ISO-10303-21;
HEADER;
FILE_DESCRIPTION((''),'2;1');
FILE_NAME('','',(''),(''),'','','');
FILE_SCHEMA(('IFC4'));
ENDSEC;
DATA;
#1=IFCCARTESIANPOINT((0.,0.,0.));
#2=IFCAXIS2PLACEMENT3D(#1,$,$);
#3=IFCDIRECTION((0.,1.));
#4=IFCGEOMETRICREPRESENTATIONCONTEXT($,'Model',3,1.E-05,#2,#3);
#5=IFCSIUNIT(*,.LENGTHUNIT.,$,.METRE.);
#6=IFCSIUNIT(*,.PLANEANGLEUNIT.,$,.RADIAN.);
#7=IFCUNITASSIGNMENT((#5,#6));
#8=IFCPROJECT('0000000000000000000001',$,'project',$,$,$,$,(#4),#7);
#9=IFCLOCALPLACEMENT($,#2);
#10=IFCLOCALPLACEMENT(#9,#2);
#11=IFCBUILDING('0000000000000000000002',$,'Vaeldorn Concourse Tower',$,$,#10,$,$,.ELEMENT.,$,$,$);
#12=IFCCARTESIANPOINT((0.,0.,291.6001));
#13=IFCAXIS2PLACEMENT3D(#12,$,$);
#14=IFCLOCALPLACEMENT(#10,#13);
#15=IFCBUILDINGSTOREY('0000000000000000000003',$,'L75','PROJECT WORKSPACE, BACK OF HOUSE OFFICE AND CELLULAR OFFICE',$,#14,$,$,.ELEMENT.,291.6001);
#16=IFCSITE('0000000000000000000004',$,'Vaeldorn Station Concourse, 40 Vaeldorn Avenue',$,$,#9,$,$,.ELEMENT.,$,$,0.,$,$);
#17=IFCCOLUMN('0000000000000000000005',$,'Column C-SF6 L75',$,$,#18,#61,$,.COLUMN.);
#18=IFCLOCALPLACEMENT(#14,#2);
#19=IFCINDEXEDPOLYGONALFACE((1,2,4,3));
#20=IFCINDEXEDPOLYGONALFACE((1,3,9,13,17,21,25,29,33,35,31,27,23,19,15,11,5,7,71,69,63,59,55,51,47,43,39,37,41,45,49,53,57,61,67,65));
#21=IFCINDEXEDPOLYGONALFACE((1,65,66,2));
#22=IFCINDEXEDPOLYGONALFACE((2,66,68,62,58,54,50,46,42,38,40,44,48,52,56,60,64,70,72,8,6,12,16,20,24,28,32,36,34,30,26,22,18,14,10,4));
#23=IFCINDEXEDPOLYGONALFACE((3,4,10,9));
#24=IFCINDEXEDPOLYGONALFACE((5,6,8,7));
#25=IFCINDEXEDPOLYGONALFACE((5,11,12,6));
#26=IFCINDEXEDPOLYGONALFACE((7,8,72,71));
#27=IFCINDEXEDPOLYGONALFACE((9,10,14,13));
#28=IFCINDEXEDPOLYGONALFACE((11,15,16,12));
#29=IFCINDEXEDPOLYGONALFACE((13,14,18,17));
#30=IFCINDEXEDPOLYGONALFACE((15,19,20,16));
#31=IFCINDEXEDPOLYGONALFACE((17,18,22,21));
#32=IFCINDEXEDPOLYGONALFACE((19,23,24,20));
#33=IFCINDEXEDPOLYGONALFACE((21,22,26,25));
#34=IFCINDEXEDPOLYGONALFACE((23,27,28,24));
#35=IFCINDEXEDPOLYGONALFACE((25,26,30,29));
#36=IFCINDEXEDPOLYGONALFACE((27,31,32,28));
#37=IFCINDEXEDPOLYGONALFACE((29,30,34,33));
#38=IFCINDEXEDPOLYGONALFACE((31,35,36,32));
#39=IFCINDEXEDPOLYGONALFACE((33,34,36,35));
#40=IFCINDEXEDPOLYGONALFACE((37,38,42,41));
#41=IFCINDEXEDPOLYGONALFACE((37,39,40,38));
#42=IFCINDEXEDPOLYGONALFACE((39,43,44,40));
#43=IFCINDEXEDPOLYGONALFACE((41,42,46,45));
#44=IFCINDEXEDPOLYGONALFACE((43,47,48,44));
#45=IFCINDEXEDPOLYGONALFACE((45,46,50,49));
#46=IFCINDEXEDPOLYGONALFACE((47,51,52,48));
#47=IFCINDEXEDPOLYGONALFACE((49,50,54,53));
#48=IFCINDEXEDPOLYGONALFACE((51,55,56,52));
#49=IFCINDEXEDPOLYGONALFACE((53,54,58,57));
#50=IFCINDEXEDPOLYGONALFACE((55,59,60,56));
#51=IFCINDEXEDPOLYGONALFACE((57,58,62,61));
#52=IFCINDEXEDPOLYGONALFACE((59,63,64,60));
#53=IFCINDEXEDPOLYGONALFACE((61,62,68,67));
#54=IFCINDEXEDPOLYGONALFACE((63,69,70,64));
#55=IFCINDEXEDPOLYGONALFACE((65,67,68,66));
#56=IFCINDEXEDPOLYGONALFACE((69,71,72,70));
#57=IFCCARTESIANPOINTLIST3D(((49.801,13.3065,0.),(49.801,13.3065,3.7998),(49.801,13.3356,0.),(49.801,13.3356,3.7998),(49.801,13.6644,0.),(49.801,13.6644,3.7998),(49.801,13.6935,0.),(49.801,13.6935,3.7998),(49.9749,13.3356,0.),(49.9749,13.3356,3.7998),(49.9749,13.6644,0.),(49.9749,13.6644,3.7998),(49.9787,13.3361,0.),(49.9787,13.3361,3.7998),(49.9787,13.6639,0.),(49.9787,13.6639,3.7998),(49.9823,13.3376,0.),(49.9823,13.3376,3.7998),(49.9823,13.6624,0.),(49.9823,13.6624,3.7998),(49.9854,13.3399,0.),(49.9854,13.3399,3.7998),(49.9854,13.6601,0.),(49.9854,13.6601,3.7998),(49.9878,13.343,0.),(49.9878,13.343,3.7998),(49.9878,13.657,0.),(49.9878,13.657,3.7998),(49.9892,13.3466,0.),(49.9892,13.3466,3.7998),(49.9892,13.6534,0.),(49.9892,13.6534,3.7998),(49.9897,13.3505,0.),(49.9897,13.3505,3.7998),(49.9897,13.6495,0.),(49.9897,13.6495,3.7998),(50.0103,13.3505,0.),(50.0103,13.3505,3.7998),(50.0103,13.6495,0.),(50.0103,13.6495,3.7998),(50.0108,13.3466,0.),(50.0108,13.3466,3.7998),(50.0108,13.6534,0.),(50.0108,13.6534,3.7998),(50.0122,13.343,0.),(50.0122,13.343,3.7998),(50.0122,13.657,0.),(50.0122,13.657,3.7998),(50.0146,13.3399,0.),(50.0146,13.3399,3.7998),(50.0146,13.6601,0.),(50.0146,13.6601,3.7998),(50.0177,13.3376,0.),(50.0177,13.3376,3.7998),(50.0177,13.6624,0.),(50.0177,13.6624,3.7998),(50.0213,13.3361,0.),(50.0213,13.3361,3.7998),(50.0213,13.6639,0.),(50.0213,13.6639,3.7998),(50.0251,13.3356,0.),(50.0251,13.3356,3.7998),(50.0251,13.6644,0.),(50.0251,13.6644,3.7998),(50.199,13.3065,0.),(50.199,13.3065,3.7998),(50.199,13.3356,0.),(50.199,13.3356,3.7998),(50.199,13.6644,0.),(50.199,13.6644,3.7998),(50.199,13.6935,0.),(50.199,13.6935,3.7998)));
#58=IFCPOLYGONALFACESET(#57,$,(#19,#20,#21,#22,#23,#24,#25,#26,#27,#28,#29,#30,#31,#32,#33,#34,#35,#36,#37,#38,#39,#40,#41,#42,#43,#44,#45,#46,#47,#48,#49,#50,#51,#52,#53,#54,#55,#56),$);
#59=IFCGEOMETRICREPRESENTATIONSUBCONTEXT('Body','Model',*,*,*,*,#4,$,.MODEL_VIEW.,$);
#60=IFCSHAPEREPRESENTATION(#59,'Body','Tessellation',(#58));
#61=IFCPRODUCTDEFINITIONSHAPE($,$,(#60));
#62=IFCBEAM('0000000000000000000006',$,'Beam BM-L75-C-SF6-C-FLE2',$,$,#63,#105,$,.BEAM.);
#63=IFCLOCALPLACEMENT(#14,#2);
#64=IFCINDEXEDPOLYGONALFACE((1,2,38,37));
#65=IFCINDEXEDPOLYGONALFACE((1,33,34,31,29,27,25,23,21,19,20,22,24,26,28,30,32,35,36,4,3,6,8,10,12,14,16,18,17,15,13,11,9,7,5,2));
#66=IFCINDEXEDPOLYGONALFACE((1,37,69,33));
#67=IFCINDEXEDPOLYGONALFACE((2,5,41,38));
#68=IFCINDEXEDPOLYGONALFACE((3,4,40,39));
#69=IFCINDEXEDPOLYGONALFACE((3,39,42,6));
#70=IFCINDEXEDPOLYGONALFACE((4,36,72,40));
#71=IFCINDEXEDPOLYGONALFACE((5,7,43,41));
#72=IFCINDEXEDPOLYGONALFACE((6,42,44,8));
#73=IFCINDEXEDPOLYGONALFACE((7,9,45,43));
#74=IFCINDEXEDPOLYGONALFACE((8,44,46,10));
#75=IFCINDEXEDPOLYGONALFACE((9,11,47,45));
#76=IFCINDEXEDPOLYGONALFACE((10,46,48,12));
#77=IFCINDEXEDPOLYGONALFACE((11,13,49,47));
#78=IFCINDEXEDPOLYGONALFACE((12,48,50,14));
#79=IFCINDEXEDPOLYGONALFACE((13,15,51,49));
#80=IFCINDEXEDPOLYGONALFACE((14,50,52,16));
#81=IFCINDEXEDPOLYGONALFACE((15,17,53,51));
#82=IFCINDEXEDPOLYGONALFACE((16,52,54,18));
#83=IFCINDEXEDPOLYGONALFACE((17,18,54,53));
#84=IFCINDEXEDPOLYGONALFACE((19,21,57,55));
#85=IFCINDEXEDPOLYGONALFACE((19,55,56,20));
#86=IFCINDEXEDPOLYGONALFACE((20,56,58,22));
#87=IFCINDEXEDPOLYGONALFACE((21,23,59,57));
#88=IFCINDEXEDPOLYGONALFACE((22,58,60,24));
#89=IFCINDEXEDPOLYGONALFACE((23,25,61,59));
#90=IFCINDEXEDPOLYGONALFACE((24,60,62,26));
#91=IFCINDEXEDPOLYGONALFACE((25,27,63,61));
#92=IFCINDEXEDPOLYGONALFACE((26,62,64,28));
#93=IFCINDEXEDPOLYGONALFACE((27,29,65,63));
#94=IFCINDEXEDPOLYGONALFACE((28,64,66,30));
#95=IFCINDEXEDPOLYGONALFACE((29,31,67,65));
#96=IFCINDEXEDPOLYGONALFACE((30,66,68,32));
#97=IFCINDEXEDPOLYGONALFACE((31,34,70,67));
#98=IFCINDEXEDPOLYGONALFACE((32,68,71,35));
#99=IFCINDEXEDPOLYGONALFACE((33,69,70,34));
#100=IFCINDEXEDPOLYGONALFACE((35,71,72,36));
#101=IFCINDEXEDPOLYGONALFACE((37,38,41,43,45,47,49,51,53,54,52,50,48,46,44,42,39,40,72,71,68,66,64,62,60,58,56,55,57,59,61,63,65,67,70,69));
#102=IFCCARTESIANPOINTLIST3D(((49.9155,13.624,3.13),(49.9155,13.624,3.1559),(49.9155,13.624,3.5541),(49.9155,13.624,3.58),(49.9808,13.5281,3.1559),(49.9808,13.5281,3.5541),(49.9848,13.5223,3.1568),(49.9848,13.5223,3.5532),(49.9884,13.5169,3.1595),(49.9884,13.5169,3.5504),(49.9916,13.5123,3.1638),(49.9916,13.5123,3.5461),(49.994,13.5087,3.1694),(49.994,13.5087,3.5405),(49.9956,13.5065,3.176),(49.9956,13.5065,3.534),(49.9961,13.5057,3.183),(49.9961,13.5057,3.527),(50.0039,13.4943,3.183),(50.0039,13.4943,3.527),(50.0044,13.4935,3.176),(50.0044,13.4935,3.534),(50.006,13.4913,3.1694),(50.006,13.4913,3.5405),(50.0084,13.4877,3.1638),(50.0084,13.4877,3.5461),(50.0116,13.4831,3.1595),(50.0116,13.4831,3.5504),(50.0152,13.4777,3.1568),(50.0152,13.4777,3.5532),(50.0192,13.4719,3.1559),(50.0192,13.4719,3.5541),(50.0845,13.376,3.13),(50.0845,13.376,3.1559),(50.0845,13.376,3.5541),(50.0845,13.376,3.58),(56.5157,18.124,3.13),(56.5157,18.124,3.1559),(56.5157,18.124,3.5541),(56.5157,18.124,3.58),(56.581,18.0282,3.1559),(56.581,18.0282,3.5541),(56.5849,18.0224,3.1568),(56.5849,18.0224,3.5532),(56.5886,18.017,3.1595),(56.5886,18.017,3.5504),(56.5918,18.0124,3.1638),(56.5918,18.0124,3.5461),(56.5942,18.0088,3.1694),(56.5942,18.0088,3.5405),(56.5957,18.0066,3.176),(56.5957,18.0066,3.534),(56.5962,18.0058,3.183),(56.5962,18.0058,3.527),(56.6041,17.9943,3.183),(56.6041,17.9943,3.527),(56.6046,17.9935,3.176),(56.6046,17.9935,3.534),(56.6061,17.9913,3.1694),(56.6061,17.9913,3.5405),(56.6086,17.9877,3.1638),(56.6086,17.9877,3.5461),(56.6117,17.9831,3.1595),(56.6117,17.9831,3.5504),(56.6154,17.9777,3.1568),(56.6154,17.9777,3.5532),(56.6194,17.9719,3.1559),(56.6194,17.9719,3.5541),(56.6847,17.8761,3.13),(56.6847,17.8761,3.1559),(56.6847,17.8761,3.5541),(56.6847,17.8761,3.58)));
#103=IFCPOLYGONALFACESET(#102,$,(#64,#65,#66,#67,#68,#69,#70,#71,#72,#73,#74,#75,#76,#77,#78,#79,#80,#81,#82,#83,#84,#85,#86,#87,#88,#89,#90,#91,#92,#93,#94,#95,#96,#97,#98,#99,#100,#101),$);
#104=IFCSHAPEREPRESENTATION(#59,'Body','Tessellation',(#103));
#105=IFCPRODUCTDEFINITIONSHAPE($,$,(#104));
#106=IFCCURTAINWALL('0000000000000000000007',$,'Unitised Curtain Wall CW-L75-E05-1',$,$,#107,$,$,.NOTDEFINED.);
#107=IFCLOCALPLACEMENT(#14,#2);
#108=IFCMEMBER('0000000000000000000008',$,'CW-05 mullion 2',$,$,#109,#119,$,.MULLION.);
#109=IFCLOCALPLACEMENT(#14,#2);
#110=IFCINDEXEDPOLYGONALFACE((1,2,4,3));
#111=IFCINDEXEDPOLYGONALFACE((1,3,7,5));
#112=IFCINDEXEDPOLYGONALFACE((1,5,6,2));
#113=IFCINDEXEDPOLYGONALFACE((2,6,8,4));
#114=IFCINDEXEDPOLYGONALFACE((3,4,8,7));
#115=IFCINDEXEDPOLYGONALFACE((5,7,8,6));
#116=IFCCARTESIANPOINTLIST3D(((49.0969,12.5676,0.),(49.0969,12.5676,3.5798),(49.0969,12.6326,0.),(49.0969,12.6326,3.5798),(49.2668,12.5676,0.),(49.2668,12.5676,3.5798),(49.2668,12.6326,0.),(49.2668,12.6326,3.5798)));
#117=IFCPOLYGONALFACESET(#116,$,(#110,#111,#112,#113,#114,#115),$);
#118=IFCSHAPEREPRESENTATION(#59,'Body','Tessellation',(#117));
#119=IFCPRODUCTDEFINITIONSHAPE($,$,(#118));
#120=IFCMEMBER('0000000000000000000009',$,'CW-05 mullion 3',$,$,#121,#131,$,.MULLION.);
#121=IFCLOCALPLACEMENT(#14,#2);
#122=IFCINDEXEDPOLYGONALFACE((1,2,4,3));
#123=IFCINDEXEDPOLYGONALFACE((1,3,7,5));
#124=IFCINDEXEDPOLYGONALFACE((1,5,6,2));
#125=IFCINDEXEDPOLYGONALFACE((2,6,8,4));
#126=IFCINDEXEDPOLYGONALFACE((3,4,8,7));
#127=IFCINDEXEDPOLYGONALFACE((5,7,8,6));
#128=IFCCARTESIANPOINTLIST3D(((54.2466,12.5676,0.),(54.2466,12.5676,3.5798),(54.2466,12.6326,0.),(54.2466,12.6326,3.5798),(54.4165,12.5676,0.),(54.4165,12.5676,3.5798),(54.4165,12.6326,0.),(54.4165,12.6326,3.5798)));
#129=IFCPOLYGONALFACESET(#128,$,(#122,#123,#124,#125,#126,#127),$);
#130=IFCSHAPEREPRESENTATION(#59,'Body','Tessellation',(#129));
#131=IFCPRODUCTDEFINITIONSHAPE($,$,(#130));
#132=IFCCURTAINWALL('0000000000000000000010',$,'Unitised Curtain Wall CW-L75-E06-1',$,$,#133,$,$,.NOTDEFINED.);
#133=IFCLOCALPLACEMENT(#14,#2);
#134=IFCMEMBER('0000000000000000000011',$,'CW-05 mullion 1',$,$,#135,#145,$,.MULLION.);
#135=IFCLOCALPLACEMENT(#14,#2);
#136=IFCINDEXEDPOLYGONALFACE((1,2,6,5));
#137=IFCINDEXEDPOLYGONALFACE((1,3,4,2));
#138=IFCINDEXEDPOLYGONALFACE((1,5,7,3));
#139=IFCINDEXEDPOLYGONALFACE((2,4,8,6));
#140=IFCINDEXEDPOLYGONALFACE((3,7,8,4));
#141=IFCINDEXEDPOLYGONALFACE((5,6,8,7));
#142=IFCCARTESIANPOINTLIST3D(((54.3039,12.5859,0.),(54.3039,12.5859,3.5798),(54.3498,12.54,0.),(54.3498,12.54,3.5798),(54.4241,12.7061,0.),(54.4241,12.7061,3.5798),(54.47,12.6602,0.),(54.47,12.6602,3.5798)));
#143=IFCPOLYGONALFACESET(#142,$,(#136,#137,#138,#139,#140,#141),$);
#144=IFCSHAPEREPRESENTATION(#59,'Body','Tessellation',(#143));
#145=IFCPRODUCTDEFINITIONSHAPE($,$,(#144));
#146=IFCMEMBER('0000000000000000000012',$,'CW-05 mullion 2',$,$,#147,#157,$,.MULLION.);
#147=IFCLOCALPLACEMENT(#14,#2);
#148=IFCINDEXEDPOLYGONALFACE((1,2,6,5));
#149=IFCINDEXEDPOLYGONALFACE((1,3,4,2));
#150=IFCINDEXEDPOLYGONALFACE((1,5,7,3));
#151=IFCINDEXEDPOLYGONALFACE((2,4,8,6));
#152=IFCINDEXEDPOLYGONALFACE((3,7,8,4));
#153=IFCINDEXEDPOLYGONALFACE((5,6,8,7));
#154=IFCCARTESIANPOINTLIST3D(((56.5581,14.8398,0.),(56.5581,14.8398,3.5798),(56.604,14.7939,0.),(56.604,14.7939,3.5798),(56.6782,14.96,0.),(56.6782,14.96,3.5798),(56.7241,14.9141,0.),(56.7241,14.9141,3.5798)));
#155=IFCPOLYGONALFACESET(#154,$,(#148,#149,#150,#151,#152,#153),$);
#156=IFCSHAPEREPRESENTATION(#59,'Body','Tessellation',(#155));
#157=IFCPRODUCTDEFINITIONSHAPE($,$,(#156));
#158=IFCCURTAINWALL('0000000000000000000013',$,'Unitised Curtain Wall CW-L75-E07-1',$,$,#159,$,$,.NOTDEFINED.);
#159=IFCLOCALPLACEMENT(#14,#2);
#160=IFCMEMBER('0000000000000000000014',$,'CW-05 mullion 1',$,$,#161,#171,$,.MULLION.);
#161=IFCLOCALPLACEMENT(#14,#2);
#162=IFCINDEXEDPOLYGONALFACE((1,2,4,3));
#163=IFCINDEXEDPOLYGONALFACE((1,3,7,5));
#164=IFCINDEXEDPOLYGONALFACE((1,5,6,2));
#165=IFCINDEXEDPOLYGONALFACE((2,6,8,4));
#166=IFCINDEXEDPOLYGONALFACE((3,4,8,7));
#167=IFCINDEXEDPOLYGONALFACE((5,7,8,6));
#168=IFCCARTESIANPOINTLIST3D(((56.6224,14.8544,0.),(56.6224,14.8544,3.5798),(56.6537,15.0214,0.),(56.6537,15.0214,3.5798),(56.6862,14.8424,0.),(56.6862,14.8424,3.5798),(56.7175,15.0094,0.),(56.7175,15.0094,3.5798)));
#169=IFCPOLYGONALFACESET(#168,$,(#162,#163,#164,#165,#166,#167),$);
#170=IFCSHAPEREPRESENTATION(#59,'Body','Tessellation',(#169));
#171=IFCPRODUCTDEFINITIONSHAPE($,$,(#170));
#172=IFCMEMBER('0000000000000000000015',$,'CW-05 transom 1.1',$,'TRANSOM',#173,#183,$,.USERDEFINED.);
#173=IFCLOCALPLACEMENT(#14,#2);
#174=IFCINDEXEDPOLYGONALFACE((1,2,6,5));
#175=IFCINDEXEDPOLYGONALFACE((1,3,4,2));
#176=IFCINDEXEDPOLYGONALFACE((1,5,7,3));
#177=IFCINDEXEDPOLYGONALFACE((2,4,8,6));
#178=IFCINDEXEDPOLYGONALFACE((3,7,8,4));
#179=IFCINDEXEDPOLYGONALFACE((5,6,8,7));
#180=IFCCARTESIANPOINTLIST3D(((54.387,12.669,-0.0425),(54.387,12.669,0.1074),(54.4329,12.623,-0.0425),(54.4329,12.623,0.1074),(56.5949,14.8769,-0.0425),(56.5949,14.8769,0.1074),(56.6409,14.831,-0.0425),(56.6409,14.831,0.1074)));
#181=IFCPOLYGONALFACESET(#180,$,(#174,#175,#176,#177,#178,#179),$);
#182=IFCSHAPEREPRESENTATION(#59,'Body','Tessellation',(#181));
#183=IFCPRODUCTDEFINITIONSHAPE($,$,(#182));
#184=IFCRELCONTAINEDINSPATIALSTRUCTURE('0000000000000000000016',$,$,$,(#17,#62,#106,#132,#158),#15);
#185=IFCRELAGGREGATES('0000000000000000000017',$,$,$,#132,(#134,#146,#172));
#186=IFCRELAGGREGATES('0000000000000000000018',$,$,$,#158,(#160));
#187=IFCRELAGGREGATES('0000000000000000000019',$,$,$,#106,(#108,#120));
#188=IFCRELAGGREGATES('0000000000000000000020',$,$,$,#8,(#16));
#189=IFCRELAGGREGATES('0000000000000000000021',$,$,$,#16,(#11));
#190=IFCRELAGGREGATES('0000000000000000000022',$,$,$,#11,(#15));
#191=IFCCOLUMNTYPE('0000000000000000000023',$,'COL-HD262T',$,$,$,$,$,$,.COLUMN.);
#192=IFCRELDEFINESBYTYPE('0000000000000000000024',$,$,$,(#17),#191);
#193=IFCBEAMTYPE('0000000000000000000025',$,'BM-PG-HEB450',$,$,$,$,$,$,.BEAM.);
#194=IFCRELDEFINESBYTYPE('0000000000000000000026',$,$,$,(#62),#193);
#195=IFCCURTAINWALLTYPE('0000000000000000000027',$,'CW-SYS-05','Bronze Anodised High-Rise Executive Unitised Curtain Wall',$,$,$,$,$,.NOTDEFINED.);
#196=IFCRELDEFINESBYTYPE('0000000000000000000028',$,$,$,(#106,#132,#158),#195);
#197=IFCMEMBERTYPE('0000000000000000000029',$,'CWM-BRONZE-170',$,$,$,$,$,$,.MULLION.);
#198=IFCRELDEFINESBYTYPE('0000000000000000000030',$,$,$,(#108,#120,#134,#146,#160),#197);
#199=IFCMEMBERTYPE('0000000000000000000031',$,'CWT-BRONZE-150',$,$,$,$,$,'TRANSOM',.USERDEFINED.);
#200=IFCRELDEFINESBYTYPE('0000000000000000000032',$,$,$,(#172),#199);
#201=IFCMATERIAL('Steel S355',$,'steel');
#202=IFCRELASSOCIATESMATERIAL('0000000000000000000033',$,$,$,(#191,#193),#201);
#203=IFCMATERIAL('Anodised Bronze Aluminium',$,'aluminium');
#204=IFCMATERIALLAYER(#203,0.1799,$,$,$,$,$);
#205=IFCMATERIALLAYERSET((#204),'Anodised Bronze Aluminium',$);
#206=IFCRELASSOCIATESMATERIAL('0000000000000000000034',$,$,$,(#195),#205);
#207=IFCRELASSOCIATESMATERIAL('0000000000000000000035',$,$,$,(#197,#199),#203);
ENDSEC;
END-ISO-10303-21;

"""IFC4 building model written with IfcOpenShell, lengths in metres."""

from ifc_helpers import new_model, si_unit, direction, frame, origin, origin_2d, place, context, subcontext, project, spatial, rectangle, i_section, extrude, source, transform, mapped, material, layer, layer_set, material_profile, profile_set, type_object, element, aggregate, save


model = new_model("IFC4")

# Units and contexts
model_context = context("Model", 3, precision=1e-05, world=origin(), true_north=direction((0.0, 1.0)))
body_context = subcontext(model_context, "Body", "Model", "MODEL_VIEW")
ifc_project = project(units=[si_unit("LENGTHUNIT", "METRE"), si_unit("PLANEANGLEUNIT", "RADIAN")], contexts=[model_context])

# Site, building, storey
site_placement = place(None, origin())
site = spatial("IfcSite", under=ifc_project, at=site_placement, Name="Vaeldorn Station Concourse, 40 Vaeldorn Avenue", CompositionType="ELEMENT", RefElevation=0.0)
building_placement = place(site_placement, origin())
building = spatial("IfcBuilding", under=site, at=building_placement, Name="Vaeldorn Concourse Tower", CompositionType="ELEMENT")
storey_placement = place(building_placement, frame((0.0, 0.0, 291.6001)))
storey = spatial("IfcBuildingStorey", under=building, at=storey_placement, Name="L75", Description="PROJECT WORKSPACE, BACK OF HOUSE OFFICE AND CELLULAR OFFICE", CompositionType="ELEMENT", Elevation=291.6001)

# Column
ifc_material_1 = material(Name="Steel S355", Category="steel")
ifc_material_profile_1 = material_profile(ifc_material_1, i_section(OverallWidth=0.3979, OverallDepth=0.387, WebThickness=0.0205, FlangeThickness=0.0291, FilletRadius=0.0149, at=origin_2d()), Name="HD 400x262")
ifc_profile_set_1 = profile_set([ifc_material_profile_1], Name="Steel S355")
column_type = type_object("IfcColumnType", Name="COL-HD262T", PredefinedType="COLUMN", material=ifc_profile_set_1)
shared_shape_1 = source(origin(), body_context, "Body", "SweptSolid", [
    extrude(i_section(OverallWidth=0.3979, OverallDepth=0.387, WebThickness=0.0205, FlangeThickness=0.0291, FilletRadius=0.0149, at=origin_2d()), origin(), (0.0, 0.0, 1.0), 3.7998),
])
column_placement = place(storey_placement, frame((50.0, 13.5, 0.0), z_axis=(0.0, 0.0, 1.0), x_axis=(1.0, 0.0, 0.0)))
element("IfcColumn", 1, at=column_placement, inside=storey, type_object=column_type, Name="Column C-SF6 L75", PredefinedType="COLUMN", context=body_context, shape_type="MappedRepresentation", body=[
    mapped(shared_shape_1, transform((0.0, 0.0, 0.0), scale=1.0)),
])

# Beam
ifc_material_profile_2 = material_profile(ifc_material_1, i_section(OverallWidth=0.3, OverallDepth=0.45, WebThickness=0.0139, FlangeThickness=0.0259, FilletRadius=0.0271, at=origin_2d()), Name="HEB 450")
ifc_profile_set_2 = profile_set([ifc_material_profile_2], Name="Steel S355")
beam_type = type_object("IfcBeamType", Name="BM-PG-HEB450", PredefinedType="BEAM", material=ifc_profile_set_2)
shared_shape_2 = source(origin(), body_context, "Body", "SweptSolid", [
    extrude(i_section(OverallWidth=0.3, OverallDepth=0.45, WebThickness=0.0139, FlangeThickness=0.0259, FilletRadius=0.0271, at=origin_2d()), origin(), (0.0, 0.0, 1.0), 7.9883),
])
beam_placement = place(storey_placement, frame((50.0, 13.5, 3.355), z_axis=(0.826231, 0.563331, 0.0), x_axis=(-0.563331, 0.826231, 0.0)))
element("IfcBeam", 2, at=beam_placement, inside=storey, type_object=beam_type, Name="Beam BM-L75-C-SF6-C-FLE2", PredefinedType="BEAM", context=body_context, shape_type="MappedRepresentation", body=[
    mapped(shared_shape_2, transform((0.0, 0.0, 0.0), scale=1.0)),
])

# Curtain walls, members
ifc_material_2 = material(Name="Anodised Bronze Aluminium", Category="aluminium")
ifc_layer_1 = layer(ifc_material_2, 0.1799)
ifc_layer_set_1 = layer_set([ifc_layer_1], Name="Anodised Bronze Aluminium")
curtain_wall_type = type_object("IfcCurtainWallType", Name="CW-SYS-05", Description="Bronze Anodised High-Rise Executive Unitised Curtain Wall", PredefinedType="NOTDEFINED", material=ifc_layer_set_1)
curtain_wall_1_placement = place(storey_placement, origin())
curtain_wall_1 = element("IfcCurtainWall", 3, at=curtain_wall_1_placement, inside=storey, type_object=curtain_wall_type, Name="Unitised Curtain Wall CW-L75-E05-1", PredefinedType="NOTDEFINED")
ifc_material_profile_3 = material_profile(ifc_material_2, rectangle(XDim=0.0649, YDim=0.1699, at=origin_2d()), Name="CWM 65x170")
ifc_profile_set_3 = profile_set([ifc_material_profile_3], Name="Anodised Bronze Aluminium")
member_type_1 = type_object("IfcMemberType", Name="CWM-BRONZE-170", PredefinedType="MULLION", material=ifc_profile_set_3)
shared_shape_3 = source(origin(), body_context, "Body", "SweptSolid", [
    extrude(rectangle(XDim=0.0649, YDim=0.1699, at=origin_2d()), origin(), (0.0, 0.0, 1.0), 3.5798),
])
member_1_placement = place(storey_placement, frame((49.1819, 12.6001, 0.0), z_axis=(0.0, 0.0, 1.0), x_axis=(0.0, 1.0, 0.0)))
member_1 = element("IfcMember", 4, at=member_1_placement, type_object=member_type_1, Name="CW-05 mullion 2", PredefinedType="MULLION", context=body_context, shape_type="MappedRepresentation", body=[
    mapped(shared_shape_3, transform((0.0, 0.0, 0.0), scale=1.0)),
])
member_2_placement = place(storey_placement, frame((54.3315, 12.6001, 0.0), z_axis=(0.0, 0.0, 1.0), x_axis=(0.0, 1.0, 0.0)))
member_2 = element("IfcMember", 5, at=member_2_placement, type_object=member_type_1, Name="CW-05 mullion 3", PredefinedType="MULLION", context=body_context, shape_type="MappedRepresentation", body=[
    mapped(shared_shape_3, transform((0.0, 0.0, 0.0), scale=1.0)),
])
curtain_wall_2_placement = place(storey_placement, origin())
curtain_wall_2 = element("IfcCurtainWall", 6, at=curtain_wall_2_placement, inside=storey, type_object=curtain_wall_type, Name="Unitised Curtain Wall CW-L75-E06-1", PredefinedType="NOTDEFINED")
member_3_placement = place(storey_placement, frame((54.387, 12.623, 0.0), z_axis=(0.0, 0.0, 1.0), x_axis=(-0.707107, 0.707107, 0.0)))
member_3 = element("IfcMember", 7, at=member_3_placement, type_object=member_type_1, Name="CW-05 mullion 1", PredefinedType="MULLION", context=body_context, shape_type="MappedRepresentation", body=[
    mapped(shared_shape_3, transform((0.0, 0.0, 0.0), scale=1.0)),
])
member_4_placement = place(storey_placement, frame((56.6411, 14.877, 0.0), z_axis=(0.0, 0.0, 1.0), x_axis=(-0.707107, 0.707107, 0.0)))
member_4 = element("IfcMember", 8, at=member_4_placement, type_object=member_type_1, Name="CW-05 mullion 2", PredefinedType="MULLION", context=body_context, shape_type="MappedRepresentation", body=[
    mapped(shared_shape_3, transform((0.0, 0.0, 0.0), scale=1.0)),
])

# Curtain wall, member
curtain_wall_3_placement = place(storey_placement, origin())
curtain_wall_3 = element("IfcCurtainWall", 9, at=curtain_wall_3_placement, inside=storey, type_object=curtain_wall_type, Name="Unitised Curtain Wall CW-L75-E07-1", PredefinedType="NOTDEFINED")
member_5_placement = place(storey_placement, frame((56.6699, 14.9319, 0.0), z_axis=(0.0, 0.0, 1.0), x_axis=(-0.98288, 0.184247, 0.0)))
member_5 = element("IfcMember", 10, at=member_5_placement, type_object=member_type_1, Name="CW-05 mullion 1", PredefinedType="MULLION", context=body_context, shape_type="MappedRepresentation", body=[
    mapped(shared_shape_3, transform((0.0, 0.0, 0.0), scale=1.0)),
])

# Member
ifc_material_profile_4 = material_profile(ifc_material_2, rectangle(XDim=0.0649, YDim=0.1499, at=origin_2d()), Name="CWT 65x150")
ifc_profile_set_4 = profile_set([ifc_material_profile_4], Name="Anodised Bronze Aluminium")
member_type_2 = type_object("IfcMemberType", Name="CWT-BRONZE-150", ElementType="TRANSOM", PredefinedType="USERDEFINED", material=ifc_profile_set_4)
shared_shape_4 = source(origin(), body_context, "Body", "SweptSolid", [
    extrude(rectangle(XDim=0.0649, YDim=0.1499, at=origin_2d()), origin(), (0.0, 0.0, 1.0), 3.1226),
])
member_6_placement = place(storey_placement, frame((54.4099, 12.646, 0.0325), z_axis=(0.707107, 0.707107, 0.0), x_axis=(-0.707107, 0.707107, 0.0)))
member_6 = element("IfcMember", 11, at=member_6_placement, type_object=member_type_2, Name="CW-05 transom 1.1", ObjectType="TRANSOM", PredefinedType="USERDEFINED", context=body_context, shape_type="MappedRepresentation", body=[
    mapped(shared_shape_4, transform((0.0, 0.0, 0.0), scale=1.0)),
])

aggregate(curtain_wall_2, [member_3, member_4, member_6])
aggregate(curtain_wall_3, [member_5])
aggregate(curtain_wall_1, [member_1, member_2])

save(model, "model.ifc")
